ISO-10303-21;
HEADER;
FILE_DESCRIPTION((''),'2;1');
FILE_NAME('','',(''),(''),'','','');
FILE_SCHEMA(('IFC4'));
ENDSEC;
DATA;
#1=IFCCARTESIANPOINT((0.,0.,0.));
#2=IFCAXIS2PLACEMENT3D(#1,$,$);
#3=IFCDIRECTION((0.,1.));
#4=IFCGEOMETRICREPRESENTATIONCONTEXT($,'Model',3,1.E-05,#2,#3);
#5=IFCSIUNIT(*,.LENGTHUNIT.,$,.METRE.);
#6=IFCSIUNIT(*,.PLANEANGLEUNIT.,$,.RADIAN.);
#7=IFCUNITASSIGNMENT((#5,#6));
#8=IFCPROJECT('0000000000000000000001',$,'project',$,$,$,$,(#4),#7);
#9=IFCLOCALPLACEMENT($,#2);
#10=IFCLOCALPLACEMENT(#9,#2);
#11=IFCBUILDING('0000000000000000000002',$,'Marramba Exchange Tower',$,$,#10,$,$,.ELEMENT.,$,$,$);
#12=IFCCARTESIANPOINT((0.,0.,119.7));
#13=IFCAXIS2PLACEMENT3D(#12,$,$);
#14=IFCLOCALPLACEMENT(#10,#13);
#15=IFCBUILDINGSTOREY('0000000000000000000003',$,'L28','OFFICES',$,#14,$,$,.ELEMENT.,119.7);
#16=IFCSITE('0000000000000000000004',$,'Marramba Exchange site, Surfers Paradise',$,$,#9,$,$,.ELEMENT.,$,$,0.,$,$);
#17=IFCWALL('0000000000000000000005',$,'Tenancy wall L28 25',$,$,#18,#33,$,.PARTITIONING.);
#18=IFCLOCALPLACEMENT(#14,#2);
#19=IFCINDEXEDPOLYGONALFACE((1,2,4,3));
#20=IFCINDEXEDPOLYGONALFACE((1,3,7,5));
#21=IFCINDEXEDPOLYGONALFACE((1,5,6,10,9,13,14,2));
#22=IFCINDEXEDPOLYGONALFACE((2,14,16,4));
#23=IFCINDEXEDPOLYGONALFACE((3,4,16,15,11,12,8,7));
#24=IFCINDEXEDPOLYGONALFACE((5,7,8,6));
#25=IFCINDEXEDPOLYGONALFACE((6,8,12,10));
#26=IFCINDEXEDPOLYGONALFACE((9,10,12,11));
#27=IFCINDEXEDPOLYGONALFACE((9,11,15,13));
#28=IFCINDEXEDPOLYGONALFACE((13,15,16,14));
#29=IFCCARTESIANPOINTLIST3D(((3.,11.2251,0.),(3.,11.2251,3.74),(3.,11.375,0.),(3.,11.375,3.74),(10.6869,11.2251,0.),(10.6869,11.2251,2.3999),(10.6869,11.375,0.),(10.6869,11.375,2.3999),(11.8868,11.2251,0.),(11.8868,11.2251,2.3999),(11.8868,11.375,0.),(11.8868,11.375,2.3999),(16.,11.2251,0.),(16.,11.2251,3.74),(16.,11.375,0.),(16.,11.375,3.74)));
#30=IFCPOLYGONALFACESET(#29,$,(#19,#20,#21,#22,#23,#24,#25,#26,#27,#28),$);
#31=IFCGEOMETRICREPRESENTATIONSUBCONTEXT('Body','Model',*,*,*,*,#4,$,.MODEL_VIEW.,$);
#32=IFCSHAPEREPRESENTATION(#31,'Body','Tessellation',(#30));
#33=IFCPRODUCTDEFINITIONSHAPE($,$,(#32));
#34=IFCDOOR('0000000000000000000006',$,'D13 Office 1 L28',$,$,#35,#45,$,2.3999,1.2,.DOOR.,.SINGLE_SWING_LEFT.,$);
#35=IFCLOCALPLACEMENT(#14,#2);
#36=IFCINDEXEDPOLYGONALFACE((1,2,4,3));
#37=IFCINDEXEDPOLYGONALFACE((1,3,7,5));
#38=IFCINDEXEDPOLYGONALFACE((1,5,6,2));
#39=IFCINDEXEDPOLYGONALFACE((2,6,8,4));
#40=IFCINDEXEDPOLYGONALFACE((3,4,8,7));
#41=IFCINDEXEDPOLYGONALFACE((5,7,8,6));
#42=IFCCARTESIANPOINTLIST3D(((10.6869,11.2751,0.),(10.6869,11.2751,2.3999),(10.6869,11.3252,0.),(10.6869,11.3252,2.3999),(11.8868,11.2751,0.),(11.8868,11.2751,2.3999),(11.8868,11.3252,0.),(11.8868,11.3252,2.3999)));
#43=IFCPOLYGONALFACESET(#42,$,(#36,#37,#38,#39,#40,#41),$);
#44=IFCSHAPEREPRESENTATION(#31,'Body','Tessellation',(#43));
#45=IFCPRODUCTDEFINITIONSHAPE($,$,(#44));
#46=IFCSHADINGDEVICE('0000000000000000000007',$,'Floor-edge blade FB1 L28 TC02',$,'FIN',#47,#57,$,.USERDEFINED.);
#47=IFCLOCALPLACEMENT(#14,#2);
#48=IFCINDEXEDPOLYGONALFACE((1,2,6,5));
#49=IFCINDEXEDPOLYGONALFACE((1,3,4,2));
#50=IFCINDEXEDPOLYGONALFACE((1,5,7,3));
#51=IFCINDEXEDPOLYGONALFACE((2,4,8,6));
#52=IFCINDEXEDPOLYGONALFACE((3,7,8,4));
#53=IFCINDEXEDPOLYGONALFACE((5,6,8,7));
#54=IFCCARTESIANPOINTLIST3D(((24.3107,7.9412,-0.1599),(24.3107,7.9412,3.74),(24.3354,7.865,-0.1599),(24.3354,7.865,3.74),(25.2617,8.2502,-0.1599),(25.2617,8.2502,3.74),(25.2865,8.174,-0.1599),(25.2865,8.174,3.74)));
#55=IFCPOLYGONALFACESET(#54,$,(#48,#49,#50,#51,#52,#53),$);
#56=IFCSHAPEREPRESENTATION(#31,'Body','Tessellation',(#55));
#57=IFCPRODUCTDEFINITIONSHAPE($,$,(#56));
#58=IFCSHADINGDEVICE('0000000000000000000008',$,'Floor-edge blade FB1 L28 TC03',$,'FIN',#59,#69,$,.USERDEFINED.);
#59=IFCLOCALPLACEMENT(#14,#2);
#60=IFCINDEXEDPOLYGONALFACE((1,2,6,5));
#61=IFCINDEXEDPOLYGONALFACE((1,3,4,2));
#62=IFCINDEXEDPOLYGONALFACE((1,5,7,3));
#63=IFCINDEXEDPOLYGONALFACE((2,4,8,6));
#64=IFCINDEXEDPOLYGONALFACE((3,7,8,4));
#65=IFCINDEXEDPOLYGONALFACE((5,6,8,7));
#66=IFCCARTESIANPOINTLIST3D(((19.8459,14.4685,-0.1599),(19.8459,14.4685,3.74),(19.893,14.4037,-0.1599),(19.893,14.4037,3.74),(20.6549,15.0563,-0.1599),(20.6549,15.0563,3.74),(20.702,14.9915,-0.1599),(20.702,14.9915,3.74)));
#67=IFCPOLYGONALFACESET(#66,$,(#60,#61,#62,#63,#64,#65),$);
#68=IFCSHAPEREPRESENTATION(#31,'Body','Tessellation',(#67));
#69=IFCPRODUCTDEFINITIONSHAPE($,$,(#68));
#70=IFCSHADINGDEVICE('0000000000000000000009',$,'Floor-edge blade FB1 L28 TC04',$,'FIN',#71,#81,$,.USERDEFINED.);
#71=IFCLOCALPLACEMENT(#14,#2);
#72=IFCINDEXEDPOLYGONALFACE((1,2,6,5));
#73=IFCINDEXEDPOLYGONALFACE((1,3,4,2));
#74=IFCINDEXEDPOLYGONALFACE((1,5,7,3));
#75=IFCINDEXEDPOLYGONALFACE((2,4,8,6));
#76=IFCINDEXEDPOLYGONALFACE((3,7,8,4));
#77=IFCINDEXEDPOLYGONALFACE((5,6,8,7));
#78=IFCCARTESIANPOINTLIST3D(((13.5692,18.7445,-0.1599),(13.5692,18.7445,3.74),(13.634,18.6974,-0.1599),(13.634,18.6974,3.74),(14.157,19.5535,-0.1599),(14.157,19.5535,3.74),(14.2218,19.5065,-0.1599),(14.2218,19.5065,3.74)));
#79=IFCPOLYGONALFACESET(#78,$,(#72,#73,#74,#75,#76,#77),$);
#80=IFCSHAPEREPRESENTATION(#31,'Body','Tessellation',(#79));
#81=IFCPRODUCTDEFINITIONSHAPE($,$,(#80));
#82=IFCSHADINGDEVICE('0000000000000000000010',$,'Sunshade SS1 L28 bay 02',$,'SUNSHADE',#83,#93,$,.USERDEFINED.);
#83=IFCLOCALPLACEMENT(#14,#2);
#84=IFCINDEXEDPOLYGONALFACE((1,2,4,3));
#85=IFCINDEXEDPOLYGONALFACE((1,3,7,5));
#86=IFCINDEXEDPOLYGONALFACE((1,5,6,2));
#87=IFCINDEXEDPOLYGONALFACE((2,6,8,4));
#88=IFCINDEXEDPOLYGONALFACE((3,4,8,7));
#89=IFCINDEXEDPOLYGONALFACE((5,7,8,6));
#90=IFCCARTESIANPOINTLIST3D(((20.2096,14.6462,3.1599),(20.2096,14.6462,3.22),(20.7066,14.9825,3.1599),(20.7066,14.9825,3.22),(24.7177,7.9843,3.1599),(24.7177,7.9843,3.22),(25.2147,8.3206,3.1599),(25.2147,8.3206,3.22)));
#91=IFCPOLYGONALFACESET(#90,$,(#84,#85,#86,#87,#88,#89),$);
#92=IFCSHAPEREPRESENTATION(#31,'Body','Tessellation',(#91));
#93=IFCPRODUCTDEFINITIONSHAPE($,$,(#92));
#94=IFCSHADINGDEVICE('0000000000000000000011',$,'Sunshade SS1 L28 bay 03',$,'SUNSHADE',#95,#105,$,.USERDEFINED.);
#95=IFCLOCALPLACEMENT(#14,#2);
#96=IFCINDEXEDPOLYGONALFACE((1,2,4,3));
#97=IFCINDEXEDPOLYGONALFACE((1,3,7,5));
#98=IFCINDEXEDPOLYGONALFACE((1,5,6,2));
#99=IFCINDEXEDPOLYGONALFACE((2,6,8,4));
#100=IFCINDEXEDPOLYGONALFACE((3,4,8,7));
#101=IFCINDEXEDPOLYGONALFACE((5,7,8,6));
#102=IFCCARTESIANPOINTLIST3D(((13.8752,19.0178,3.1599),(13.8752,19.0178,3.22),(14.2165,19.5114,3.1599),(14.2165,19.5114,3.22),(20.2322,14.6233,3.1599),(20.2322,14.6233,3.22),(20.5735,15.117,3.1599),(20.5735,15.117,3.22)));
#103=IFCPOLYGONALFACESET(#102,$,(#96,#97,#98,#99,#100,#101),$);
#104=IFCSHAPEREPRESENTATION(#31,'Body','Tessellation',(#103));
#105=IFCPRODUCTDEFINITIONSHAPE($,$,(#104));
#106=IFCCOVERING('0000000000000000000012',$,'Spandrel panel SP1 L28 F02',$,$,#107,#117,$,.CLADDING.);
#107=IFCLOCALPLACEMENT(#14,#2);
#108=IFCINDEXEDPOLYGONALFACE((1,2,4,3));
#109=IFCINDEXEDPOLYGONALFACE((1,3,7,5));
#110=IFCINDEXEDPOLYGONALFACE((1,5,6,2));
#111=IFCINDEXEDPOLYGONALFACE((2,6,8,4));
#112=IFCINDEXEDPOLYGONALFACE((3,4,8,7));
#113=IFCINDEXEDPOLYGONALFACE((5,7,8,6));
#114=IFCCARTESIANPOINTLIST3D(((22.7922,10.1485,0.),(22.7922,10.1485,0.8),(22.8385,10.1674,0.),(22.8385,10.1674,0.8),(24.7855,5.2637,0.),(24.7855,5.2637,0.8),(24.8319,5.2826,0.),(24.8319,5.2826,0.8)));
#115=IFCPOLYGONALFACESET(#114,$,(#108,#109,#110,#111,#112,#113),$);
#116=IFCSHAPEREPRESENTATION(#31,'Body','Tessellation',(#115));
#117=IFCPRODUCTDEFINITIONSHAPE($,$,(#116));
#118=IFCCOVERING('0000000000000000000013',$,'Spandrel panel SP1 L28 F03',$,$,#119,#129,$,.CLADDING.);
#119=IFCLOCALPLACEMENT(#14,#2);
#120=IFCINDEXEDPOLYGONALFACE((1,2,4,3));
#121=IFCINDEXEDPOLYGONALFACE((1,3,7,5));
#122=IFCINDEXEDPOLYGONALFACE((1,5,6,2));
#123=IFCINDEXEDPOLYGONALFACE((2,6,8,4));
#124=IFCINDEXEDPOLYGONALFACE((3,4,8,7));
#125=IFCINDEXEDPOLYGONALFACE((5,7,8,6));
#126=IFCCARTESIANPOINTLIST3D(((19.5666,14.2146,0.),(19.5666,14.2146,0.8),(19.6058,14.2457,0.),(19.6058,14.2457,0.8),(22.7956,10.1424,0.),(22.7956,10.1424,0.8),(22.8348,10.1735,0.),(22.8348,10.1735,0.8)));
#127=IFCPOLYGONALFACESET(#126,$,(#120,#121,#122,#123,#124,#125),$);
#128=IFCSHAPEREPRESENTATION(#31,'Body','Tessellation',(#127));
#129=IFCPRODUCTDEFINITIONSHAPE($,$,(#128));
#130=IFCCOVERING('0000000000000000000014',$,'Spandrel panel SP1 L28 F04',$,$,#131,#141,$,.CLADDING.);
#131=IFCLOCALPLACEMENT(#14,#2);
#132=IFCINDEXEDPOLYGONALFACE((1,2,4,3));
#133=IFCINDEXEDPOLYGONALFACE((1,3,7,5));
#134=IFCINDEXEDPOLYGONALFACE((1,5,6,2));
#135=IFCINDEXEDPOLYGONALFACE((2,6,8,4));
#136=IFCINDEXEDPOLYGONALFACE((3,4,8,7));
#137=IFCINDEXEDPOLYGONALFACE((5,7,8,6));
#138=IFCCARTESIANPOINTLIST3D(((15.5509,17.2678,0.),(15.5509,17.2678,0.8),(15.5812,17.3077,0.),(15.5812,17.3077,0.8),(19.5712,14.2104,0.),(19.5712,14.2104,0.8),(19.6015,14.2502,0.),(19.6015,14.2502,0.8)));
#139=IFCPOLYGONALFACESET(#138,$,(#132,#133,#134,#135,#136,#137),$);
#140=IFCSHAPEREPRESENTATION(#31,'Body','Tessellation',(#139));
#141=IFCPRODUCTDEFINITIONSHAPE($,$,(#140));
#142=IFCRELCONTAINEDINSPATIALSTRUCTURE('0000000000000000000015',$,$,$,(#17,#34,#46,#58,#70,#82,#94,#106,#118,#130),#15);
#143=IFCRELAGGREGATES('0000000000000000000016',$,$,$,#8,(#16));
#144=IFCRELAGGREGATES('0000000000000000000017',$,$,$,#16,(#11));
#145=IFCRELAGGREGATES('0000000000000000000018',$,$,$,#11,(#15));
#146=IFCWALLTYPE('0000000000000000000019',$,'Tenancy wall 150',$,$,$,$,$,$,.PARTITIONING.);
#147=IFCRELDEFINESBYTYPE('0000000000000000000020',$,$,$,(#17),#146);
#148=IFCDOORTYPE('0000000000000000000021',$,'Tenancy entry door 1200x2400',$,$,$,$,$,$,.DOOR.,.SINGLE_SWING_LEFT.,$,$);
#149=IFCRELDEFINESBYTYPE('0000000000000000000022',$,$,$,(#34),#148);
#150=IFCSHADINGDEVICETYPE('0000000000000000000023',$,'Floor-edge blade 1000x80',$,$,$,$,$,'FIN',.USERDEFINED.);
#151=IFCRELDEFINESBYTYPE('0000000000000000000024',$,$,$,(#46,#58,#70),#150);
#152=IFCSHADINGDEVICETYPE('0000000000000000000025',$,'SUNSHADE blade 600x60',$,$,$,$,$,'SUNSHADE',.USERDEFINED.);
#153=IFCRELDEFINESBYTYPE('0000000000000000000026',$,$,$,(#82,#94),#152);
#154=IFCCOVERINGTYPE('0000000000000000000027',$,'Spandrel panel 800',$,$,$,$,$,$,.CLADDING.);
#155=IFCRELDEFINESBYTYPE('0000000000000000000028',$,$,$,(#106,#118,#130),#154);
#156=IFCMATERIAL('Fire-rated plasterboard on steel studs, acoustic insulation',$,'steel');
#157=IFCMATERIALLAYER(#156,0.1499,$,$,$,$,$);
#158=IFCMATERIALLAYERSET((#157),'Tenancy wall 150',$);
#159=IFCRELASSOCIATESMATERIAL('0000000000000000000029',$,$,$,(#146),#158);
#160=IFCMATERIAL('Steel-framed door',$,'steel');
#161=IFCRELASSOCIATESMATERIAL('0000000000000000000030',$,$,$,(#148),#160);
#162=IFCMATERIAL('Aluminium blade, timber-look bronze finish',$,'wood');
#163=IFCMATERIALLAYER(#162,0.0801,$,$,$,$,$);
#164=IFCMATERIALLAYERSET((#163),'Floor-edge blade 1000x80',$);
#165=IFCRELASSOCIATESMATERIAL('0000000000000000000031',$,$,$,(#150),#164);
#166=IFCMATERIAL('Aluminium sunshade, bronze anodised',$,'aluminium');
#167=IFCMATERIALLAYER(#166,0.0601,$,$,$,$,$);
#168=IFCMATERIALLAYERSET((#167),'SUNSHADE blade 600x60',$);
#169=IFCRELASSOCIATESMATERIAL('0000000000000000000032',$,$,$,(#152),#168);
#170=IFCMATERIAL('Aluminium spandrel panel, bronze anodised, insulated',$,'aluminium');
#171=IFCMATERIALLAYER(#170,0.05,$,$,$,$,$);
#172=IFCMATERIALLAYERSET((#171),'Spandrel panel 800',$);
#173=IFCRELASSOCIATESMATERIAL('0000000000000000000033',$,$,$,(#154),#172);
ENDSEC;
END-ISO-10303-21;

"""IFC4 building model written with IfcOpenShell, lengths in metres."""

from ifc_helpers import new_model, si_unit, direction, frame, frame_2d, origin, origin_2d, place, context, subcontext, project, spatial, rectangle, extrude, material, layer, layer_set, type_object, element, fill, save


model = new_model("IFC4")

# Units and contexts
model_context = context("Model", 3, precision=1e-05, world=origin(), true_north=direction((0.0, 1.0)))
body_context = subcontext(model_context, "Body", "Model", "MODEL_VIEW")
ifc_project = project(units=[si_unit("LENGTHUNIT", "METRE"), si_unit("PLANEANGLEUNIT", "RADIAN")], contexts=[model_context])

# Site, building, storey
site_placement = place(None, origin())
site = spatial("IfcSite", under=ifc_project, at=site_placement, Name="Marramba Exchange site, Surfers Paradise", CompositionType="ELEMENT", RefElevation=0.0)
building_placement = place(site_placement, origin())
building = spatial("IfcBuilding", under=site, at=building_placement, Name="Marramba Exchange Tower", CompositionType="ELEMENT")
storey_placement = place(building_placement, frame((0.0, 0.0, 119.7)))
storey = spatial("IfcBuildingStorey", under=building, at=storey_placement, Name="L28", Description="OFFICES", CompositionType="ELEMENT", Elevation=119.7)

# Wall, opening, door
ifc_material_1 = material(Name="Fire-rated plasterboard on steel studs, acoustic insulation", Category="steel")
ifc_layer_1 = layer(ifc_material_1, 0.1499)
ifc_layer_set_1 = layer_set([ifc_layer_1], Name="Tenancy wall 150")
wall_type = type_object("IfcWallType", Name="Tenancy wall 150", PredefinedType="PARTITIONING", material=ifc_layer_set_1)
wall_placement = place(storey_placement, frame((16.0, 11.3, 0.0), z_axis=(0.0, 0.0, 1.0), x_axis=(-1.0, 0.0, 0.0)))
wall = element("IfcWall", 1, at=wall_placement, inside=storey, type_object=wall_type, Name="Tenancy wall L28 25", PredefinedType="PARTITIONING", context=body_context, shape_type="SweptSolid", body=[
    extrude(rectangle(XDim=13.0, YDim=0.1499, at=frame_2d((6.5, 0.0))), origin(), (0.0, 0.0, 1.0), 3.74),
])
opening_placement = place(wall_placement, frame((4.113, 0.0, 0.0)))
opening = element("IfcOpeningElement", 2, at=opening_placement, cuts=wall, PredefinedType="OPENING", context=body_context, shape_type="SweptSolid", body=[
    extrude(rectangle(XDim=1.2, YDim=2.3999, at=frame_2d((0.6001, 1.2))), frame((0.0, 0.085, 0.0), z_axis=(0.0, -1.0, 0.0), x_axis=(1.0, 0.0, 0.0)), (0.0, 0.0, 1.0), 0.1699),
])
ifc_material_2 = material(Name="Steel-framed door", Category="steel")
door_type = type_object("IfcDoorType", Name="Tenancy entry door 1200x2400", OperationType="SINGLE_SWING_LEFT", PredefinedType="DOOR", material=ifc_material_2)
door_placement = place(opening_placement, origin())
door = element("IfcDoor", 3, at=door_placement, inside=storey, type_object=door_type, Name="D13 Office 1 L28", OperationType="SINGLE_SWING_LEFT", OverallHeight=2.3999, OverallWidth=1.2, PredefinedType="DOOR", context=body_context, shape_type="SweptSolid", body=[
    extrude(rectangle(XDim=1.2, YDim=2.3999, at=frame_2d((0.6001, 1.2))), frame((0.0, 0.0249, 0.0), z_axis=(0.0, -1.0, 0.0), x_axis=(1.0, 0.0, 0.0)), (0.0, 0.0, 1.0), 0.05),
])
fill(opening, door)

# Shading devices
ifc_material_3 = material(Name="Aluminium blade, timber-look bronze finish", Category="wood")
ifc_layer_2 = layer(ifc_material_3, 0.0801)
ifc_layer_set_2 = layer_set([ifc_layer_2], Name="Floor-edge blade 1000x80")
shading_device_type_1 = type_object("IfcShadingDeviceType", Name="Floor-edge blade 1000x80", ElementType="FIN", PredefinedType="USERDEFINED", material=ifc_layer_set_2)
for number, where, z_axis, x_axis, name in (
    (4, (24.7986, 8.0576, -0.1599), (0.0, 0.0, 1.0), (0.951057, 0.309017, 0.0), "Floor-edge blade FB1 L28 TC02"),
    (5, (20.2739, 14.73, -0.1599), (0.0, 0.0, 1.0), (0.809017, 0.587785, 0.0), "Floor-edge blade FB1 L28 TC03"),
    (6, (13.8955, 19.1255, -0.1599), (0.0, 0.0, 1.0), (0.587785, 0.809017, 0.0), "Floor-edge blade FB1 L28 TC04"),
):
    element("IfcShadingDevice", number, at=place(storey_placement, frame(where, z_axis=z_axis, x_axis=x_axis)), inside=storey, type_object=shading_device_type_1, Name=name, ObjectType="FIN", PredefinedType="USERDEFINED", context=body_context, shape_type="SweptSolid", body=[
        extrude(rectangle(XDim=1.0, YDim=0.0801, at=origin_2d()), origin(), (0.0, 0.0, 1.0), 3.8999),
    ])
ifc_material_4 = material(Name="Aluminium sunshade, bronze anodised", Category="aluminium")
ifc_layer_3 = layer(ifc_material_4, 0.0601)
ifc_layer_set_3 = layer_set([ifc_layer_3], Name="SUNSHADE blade 600x60")
shading_device_type_2 = type_object("IfcShadingDeviceType", Name="SUNSHADE blade 600x60", ElementType="SUNSHADE", PredefinedType="USERDEFINED", material=ifc_layer_set_3)
shading_device_1_placement = place(storey_placement, frame((22.7122, 11.4834, 3.1599), z_axis=(0.0, 0.0, 1.0), x_axis=(-0.560442, 0.828194, 0.0)))
element("IfcShadingDevice", 7, at=shading_device_1_placement, inside=storey, type_object=shading_device_type_2, Name="Sunshade SS1 L28 bay 02", ObjectType="SUNSHADE", PredefinedType="USERDEFINED", context=body_context, shape_type="SweptSolid", body=[
    extrude(rectangle(XDim=8.0439, YDim=0.6001, at=origin_2d()), origin(), (0.0, 0.0, 1.0), 0.0601),
])
shading_device_2_placement = place(storey_placement, frame((17.2244, 17.0674, 3.1599), z_axis=(0.0, 0.0, 1.0), x_axis=(-0.82259, 0.568636, 0.0)))
element("IfcShadingDevice", 8, at=shading_device_2_placement, inside=storey, type_object=shading_device_type_2, Name="Sunshade SS1 L28 bay 03", ObjectType="SUNSHADE", PredefinedType="USERDEFINED", context=body_context, shape_type="SweptSolid", body=[
    extrude(rectangle(XDim=7.728, YDim=0.6001, at=origin_2d()), origin(), (0.0, 0.0, 1.0), 0.0601),
])

# Coverings
ifc_material_5 = material(Name="Aluminium spandrel panel, bronze anodised, insulated", Category="aluminium")
ifc_layer_4 = layer(ifc_material_5, 0.05)
ifc_layer_set_4 = layer_set([ifc_layer_4], Name="Spandrel panel 800")
covering_type = type_object("IfcCoveringType", Name="Spandrel panel 800", PredefinedType="CLADDING", material=ifc_layer_set_4)
covering_1_placement = place(storey_placement, frame((23.812, 7.7156, 0.0), z_axis=(0.0, 0.0, 1.0), x_axis=(-0.377821, 0.925879, 0.0)))
element("IfcCovering", 9, at=covering_1_placement, inside=storey, type_object=covering_type, Name="Spandrel panel SP1 L28 F02", PredefinedType="CLADDING", context=body_context, shape_type="SweptSolid", body=[
    extrude(rectangle(XDim=5.2759, YDim=0.05, at=origin_2d()), origin(), (0.0, 0.0, 1.0), 0.8),
])
covering_2_placement = place(storey_placement, frame((21.2007, 12.1941, 0.0), z_axis=(0.0, 0.0, 1.0), x_axis=(-0.621312, 0.783563, 0.0)))
element("IfcCovering", 10, at=covering_2_placement, inside=storey, type_object=covering_type, Name="Spandrel panel SP1 L28 F03", PredefinedType="CLADDING", context=body_context, shape_type="SweptSolid", body=[
    extrude(rectangle(XDim=5.197, YDim=0.05, at=origin_2d()), origin(), (0.0, 0.0, 1.0), 0.8),
])
covering_3_placement = place(storey_placement, frame((17.5762, 15.759, 0.0), z_axis=(0.0, 0.0, 1.0), x_axis=(-0.795972, 0.605334, 0.0)))
element("IfcCovering", 11, at=covering_3_placement, inside=storey, type_object=covering_type, Name="Spandrel panel SP1 L28 F04", PredefinedType="CLADDING", context=body_context, shape_type="SweptSolid", body=[
    extrude(rectangle(XDim=5.0508, YDim=0.05, at=origin_2d()), origin(), (0.0, 0.0, 1.0), 0.8),
])

save(model, "model.ifc")
